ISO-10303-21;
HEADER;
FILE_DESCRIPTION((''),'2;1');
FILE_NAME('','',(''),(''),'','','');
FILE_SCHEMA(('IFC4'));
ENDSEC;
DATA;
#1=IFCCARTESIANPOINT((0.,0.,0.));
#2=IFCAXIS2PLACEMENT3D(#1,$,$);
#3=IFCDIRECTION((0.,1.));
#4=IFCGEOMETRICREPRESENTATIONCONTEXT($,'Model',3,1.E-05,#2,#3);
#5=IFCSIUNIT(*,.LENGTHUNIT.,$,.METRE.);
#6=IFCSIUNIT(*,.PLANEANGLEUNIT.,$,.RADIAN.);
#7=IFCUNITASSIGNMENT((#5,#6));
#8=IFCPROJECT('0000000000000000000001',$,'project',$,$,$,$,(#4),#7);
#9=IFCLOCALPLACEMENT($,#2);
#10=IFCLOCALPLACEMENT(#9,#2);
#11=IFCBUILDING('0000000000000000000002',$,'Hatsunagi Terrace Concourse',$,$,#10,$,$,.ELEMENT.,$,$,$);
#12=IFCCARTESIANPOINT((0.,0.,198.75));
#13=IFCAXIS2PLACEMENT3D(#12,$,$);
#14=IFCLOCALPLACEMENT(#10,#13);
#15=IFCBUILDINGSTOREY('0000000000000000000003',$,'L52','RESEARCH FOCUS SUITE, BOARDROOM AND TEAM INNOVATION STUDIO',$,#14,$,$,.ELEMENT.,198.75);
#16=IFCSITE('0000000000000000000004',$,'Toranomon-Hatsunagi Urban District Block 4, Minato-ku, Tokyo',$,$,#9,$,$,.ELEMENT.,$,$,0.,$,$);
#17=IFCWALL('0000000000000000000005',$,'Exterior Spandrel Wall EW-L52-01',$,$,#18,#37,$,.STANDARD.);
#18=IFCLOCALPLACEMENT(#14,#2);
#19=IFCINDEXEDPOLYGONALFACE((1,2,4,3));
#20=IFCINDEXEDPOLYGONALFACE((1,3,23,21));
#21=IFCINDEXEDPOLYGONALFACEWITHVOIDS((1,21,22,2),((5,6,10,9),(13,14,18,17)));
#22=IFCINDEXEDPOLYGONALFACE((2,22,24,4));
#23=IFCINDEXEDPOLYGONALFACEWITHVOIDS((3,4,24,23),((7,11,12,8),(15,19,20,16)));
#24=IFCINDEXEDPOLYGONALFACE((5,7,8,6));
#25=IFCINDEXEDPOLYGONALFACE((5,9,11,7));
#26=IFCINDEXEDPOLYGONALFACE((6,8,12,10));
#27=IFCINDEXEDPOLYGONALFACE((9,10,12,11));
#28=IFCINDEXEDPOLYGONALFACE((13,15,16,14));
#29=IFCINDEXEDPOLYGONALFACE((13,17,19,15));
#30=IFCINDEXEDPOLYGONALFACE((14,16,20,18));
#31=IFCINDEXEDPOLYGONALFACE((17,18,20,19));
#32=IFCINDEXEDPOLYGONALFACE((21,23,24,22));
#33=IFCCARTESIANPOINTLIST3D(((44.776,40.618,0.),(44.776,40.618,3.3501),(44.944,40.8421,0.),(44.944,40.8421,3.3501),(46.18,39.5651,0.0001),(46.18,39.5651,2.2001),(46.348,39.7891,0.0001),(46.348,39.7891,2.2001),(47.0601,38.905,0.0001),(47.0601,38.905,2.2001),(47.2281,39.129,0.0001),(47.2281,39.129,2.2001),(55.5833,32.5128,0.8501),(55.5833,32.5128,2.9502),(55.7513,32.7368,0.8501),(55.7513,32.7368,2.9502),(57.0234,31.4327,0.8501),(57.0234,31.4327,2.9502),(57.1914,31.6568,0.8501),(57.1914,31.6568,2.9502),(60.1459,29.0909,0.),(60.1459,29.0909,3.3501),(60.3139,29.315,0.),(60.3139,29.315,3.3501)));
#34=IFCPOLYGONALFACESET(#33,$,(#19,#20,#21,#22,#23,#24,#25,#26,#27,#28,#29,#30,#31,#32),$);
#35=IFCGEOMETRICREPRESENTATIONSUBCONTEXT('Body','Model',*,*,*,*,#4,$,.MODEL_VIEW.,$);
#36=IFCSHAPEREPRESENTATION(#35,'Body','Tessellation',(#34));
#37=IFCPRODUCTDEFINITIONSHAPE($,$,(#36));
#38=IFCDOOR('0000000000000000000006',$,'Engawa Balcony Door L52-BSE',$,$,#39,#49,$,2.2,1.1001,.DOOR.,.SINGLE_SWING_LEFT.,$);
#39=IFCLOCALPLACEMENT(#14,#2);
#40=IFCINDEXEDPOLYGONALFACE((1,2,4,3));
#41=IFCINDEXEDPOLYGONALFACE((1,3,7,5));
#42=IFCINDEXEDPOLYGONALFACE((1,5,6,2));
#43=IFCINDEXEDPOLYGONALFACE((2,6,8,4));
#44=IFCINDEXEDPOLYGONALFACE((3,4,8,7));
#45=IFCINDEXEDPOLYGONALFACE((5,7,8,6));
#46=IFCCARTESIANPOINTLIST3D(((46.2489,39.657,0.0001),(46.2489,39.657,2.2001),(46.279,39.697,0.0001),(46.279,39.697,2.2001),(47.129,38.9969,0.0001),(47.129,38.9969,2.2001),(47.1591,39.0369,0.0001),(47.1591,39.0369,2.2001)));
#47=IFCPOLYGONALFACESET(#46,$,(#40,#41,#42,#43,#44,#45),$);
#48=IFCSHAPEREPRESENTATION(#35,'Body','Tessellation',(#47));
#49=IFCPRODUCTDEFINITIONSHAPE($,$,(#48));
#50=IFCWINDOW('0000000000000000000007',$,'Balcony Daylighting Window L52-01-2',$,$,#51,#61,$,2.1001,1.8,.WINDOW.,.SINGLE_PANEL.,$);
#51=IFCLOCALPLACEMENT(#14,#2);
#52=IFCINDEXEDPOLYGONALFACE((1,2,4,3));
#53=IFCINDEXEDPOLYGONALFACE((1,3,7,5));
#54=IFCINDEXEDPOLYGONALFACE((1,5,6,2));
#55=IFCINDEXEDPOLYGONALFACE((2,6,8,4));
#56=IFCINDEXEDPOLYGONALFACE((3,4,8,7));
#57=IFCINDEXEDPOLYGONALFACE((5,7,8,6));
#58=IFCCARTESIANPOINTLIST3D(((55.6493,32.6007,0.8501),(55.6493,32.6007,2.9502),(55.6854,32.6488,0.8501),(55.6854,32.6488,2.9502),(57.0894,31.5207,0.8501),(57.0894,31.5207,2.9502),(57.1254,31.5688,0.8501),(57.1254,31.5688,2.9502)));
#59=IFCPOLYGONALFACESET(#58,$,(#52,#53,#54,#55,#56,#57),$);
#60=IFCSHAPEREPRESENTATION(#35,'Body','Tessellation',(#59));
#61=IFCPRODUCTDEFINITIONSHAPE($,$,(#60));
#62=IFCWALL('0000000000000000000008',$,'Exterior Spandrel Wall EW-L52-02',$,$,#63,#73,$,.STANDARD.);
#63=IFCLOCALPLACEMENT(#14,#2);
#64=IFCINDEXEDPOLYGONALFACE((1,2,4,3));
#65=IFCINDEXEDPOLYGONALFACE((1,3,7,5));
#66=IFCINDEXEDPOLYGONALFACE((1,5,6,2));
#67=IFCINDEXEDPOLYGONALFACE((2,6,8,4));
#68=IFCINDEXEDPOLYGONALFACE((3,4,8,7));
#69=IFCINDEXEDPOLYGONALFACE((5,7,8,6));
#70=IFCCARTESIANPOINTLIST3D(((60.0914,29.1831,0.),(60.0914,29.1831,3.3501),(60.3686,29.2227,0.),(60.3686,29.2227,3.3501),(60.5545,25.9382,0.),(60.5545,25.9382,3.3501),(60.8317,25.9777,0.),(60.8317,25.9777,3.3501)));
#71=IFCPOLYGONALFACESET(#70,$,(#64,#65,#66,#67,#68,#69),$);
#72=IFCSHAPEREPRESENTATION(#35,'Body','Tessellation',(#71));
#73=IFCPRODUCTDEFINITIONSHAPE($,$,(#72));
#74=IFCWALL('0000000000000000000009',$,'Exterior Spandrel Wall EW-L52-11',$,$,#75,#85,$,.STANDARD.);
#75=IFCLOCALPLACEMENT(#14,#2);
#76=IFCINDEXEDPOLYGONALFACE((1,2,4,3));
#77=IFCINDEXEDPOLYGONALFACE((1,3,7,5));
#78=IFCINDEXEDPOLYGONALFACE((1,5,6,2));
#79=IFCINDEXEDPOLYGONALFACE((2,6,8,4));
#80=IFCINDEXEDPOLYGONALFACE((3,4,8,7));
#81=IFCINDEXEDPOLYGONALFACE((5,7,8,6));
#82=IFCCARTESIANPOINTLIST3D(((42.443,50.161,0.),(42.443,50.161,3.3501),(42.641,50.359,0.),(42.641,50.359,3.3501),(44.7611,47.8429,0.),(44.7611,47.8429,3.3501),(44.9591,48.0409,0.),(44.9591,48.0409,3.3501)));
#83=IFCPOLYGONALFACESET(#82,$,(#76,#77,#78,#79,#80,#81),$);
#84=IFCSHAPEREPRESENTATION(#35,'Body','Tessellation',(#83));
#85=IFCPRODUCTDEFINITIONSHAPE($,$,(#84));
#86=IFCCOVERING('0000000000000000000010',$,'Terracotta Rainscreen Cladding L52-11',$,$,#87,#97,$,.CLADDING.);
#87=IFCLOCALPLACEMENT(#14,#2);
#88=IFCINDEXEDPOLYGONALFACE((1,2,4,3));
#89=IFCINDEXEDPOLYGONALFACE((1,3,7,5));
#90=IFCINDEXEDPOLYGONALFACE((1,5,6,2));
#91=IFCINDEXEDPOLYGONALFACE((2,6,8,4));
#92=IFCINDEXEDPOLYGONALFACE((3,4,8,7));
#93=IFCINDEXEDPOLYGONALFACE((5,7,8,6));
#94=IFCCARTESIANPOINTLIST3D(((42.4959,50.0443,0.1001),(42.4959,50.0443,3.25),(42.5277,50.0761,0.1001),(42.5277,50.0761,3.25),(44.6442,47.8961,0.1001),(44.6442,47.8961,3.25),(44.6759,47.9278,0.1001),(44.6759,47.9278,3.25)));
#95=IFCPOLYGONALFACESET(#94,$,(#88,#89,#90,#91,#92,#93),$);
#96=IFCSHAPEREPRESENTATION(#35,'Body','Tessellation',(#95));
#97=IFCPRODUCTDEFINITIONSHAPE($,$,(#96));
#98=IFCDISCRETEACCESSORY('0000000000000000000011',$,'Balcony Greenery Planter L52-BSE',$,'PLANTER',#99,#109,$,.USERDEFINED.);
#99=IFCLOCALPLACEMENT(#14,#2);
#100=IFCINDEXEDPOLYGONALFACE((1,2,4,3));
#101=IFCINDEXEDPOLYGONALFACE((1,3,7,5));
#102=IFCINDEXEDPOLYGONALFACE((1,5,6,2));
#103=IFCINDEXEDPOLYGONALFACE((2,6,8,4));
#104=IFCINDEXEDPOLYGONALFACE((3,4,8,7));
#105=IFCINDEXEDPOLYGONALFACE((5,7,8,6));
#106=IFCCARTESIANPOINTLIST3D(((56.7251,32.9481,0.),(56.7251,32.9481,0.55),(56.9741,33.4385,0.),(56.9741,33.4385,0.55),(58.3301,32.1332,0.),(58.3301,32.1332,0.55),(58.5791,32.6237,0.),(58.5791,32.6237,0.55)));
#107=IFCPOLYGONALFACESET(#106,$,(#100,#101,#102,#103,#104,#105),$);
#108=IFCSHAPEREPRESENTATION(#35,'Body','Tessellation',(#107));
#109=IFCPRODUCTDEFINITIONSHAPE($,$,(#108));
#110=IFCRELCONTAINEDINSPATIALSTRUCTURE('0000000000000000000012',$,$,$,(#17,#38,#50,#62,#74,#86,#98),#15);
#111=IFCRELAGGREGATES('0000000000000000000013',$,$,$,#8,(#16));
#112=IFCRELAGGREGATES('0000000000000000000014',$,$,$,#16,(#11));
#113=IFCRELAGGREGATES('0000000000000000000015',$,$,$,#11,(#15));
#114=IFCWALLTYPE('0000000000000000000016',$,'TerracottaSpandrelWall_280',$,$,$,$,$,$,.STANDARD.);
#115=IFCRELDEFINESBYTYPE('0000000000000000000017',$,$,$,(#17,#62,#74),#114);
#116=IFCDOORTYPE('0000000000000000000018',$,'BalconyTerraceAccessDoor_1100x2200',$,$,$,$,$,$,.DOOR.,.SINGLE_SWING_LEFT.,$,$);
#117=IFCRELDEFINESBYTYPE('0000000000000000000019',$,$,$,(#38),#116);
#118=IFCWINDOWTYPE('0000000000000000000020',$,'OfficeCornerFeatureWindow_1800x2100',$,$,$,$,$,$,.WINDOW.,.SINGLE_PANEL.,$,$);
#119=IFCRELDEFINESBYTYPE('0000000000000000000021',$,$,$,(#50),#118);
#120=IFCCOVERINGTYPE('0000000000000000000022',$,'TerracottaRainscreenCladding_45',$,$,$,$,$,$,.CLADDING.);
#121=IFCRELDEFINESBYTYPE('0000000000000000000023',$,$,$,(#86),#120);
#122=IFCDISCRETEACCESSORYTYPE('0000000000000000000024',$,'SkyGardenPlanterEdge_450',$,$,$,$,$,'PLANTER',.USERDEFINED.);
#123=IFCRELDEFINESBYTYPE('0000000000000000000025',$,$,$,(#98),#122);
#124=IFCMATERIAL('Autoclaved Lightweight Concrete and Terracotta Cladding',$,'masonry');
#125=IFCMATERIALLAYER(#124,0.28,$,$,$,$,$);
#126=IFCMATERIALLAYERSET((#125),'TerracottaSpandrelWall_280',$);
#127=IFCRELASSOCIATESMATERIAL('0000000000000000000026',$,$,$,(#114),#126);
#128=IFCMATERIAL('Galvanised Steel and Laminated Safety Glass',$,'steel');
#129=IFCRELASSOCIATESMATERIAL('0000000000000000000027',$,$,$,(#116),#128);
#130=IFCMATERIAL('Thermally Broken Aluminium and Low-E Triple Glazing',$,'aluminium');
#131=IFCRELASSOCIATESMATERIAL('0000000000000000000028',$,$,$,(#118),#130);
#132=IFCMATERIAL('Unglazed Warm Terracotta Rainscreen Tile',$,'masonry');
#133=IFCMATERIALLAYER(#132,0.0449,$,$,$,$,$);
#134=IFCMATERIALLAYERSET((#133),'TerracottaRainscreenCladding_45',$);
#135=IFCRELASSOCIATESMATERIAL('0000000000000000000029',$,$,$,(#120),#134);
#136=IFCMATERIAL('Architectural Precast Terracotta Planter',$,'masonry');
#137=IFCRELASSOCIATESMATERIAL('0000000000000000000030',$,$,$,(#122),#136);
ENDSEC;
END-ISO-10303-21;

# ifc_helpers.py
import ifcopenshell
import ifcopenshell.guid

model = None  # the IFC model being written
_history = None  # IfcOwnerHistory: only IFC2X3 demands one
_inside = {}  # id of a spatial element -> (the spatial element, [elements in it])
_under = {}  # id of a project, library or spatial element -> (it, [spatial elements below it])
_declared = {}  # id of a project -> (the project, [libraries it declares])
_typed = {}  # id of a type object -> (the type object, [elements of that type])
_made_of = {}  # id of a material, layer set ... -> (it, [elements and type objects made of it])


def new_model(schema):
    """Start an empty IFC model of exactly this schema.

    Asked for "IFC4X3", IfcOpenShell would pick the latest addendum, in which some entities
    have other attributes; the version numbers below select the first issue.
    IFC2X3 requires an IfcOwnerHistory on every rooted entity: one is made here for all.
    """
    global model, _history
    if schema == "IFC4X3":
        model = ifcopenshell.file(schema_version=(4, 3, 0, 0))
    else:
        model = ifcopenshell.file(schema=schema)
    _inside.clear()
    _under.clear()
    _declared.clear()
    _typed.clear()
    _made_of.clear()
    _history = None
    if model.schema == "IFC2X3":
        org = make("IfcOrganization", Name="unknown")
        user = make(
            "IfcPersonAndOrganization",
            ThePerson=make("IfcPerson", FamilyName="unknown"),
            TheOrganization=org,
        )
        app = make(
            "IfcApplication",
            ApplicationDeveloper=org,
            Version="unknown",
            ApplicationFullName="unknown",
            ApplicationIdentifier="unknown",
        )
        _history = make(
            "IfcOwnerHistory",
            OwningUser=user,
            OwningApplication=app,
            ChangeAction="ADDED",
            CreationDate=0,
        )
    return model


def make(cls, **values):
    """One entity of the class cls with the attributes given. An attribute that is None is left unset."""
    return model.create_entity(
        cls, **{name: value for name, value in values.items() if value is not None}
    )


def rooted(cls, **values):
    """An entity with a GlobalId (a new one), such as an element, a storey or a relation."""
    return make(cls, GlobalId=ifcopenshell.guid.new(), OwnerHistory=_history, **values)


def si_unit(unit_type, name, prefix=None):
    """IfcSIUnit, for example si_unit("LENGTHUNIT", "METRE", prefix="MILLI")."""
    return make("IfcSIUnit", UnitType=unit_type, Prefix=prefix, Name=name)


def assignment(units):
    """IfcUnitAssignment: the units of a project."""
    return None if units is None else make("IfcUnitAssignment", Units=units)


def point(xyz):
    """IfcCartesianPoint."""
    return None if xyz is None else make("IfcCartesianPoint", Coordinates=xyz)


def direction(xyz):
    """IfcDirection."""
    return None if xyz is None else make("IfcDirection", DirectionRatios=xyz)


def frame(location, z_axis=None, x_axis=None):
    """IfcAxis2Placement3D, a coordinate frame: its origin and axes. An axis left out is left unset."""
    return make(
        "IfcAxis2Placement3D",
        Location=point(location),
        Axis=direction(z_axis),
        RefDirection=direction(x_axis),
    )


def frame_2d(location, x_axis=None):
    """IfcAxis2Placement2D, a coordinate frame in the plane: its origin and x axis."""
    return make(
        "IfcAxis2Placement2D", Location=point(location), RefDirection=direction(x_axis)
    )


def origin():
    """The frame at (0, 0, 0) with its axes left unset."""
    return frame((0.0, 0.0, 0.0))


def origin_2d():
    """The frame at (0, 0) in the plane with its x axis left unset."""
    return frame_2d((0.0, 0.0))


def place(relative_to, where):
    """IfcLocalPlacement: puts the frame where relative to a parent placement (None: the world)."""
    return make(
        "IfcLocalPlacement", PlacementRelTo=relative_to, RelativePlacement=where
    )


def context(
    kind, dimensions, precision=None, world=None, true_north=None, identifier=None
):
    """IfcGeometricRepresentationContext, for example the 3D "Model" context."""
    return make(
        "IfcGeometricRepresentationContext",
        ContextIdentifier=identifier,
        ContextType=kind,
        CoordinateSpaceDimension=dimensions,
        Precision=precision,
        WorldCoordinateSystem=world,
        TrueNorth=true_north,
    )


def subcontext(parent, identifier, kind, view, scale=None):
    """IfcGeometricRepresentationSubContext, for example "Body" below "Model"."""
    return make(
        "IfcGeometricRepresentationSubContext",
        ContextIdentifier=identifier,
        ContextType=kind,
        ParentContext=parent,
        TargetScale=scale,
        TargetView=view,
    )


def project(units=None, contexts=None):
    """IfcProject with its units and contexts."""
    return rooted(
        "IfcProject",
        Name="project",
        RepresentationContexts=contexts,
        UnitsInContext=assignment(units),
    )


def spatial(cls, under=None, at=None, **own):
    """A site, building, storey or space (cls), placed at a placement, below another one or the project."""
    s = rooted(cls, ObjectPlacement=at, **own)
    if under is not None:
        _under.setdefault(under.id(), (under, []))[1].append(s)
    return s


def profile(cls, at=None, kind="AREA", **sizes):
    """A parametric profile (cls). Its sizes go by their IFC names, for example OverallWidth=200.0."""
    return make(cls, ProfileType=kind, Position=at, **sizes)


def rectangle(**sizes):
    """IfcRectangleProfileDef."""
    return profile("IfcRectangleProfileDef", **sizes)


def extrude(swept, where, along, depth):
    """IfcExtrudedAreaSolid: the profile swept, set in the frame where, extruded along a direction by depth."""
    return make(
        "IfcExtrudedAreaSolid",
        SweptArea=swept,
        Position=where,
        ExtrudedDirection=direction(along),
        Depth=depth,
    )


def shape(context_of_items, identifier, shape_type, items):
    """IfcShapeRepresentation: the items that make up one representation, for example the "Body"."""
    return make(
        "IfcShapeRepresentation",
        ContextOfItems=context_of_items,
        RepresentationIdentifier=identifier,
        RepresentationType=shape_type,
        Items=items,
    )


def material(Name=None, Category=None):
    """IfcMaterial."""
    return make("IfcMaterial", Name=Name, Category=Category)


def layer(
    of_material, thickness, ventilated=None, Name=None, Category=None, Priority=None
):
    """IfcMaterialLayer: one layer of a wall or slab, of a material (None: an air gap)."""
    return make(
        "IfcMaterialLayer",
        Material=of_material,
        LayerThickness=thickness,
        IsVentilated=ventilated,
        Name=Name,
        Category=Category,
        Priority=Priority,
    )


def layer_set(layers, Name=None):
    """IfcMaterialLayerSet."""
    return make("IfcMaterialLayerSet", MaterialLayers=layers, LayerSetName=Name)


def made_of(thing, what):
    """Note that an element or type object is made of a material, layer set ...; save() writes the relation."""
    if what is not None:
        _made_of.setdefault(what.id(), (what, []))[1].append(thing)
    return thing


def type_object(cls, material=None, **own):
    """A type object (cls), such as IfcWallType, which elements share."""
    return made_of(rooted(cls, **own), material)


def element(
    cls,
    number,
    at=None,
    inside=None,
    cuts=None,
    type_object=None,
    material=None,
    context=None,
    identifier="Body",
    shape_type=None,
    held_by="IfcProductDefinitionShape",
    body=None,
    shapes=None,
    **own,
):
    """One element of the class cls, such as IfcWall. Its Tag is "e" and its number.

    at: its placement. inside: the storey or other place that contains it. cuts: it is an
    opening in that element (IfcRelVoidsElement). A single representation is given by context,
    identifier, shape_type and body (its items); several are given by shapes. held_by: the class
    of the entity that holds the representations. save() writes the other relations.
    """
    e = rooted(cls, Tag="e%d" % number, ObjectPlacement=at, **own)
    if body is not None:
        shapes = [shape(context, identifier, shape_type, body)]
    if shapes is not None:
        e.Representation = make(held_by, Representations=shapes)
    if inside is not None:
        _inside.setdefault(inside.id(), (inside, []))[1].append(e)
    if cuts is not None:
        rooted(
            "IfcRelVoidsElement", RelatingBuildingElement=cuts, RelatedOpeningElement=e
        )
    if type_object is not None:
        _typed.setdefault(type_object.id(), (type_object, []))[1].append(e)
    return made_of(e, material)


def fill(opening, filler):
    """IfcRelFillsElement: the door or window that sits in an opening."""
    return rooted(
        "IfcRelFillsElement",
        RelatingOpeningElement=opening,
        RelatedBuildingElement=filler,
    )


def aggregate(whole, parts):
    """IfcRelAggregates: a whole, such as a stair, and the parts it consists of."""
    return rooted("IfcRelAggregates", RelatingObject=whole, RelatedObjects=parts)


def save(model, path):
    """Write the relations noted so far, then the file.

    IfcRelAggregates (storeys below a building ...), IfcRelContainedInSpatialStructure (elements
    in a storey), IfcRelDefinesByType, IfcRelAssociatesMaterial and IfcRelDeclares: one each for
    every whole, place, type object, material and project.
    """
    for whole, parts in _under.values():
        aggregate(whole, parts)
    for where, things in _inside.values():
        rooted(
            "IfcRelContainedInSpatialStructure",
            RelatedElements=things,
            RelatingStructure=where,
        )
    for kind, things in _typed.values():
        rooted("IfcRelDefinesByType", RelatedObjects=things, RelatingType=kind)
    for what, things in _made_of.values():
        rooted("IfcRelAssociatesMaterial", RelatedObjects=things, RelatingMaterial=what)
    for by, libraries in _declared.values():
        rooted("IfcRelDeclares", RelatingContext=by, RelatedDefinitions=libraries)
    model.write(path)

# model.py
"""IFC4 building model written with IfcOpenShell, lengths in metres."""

from ifc_helpers import new_model, si_unit, direction, frame, frame_2d, origin, origin_2d, place, context, subcontext, project, spatial, rectangle, extrude, material, layer, layer_set, type_object, element, fill, save


model = new_model("IFC4")

# Units and contexts
model_context = context("Model", 3, precision=1e-05, world=origin(), true_north=direction((0.0, 1.0)))
body_context = subcontext(model_context, "Body", "Model", "MODEL_VIEW")
ifc_project = project(units=[si_unit("LENGTHUNIT", "METRE"), si_unit("PLANEANGLEUNIT", "RADIAN")], contexts=[model_context])

# Site, building, storey
site_placement = place(None, origin())
site = spatial("IfcSite", under=ifc_project, at=site_placement, Name="Toranomon-Hatsunagi Urban District Block 4, Minato-ku, Tokyo", CompositionType="ELEMENT", RefElevation=0.0)
building_placement = place(site_placement, origin())
building = spatial("IfcBuilding", under=site, at=building_placement, Name="Hatsunagi Terrace Concourse", CompositionType="ELEMENT")
storey_placement = place(building_placement, frame((0.0, 0.0, 198.75)))
storey = spatial("IfcBuildingStorey", under=building, at=storey_placement, Name="L52", Description="RESEARCH FOCUS SUITE, BOARDROOM AND TEAM INNOVATION STUDIO", CompositionType="ELEMENT", Elevation=198.75)

# Wall, openings, door, window
ifc_material_1 = material(Name="Autoclaved Lightweight Concrete and Terracotta Cladding", Category="masonry")
ifc_layer_1 = layer(ifc_material_1, 0.28)
ifc_layer_set_1 = layer_set([ifc_layer_1], Name="TerracottaSpandrelWall_280")
wall_type_1 = type_object("IfcWallType", Name="TerracottaSpandrelWall_280", PredefinedType="STANDARD", material=ifc_layer_set_1)
wall_1_placement = place(storey_placement, frame((44.8601, 40.73, 0.0), z_axis=(0.0, 0.0, 1.0), x_axis=(0.800008, -0.59999, 0.0)))
wall_1 = element("IfcWall", 1, at=wall_1_placement, inside=storey, type_object=wall_type_1, Name="Exterior Spandrel Wall EW-L52-01", PredefinedType="STANDARD", context=body_context, shape_type="SweptSolid", body=[
    extrude(rectangle(XDim=19.2122, YDim=0.28, at=frame_2d((9.606, 0.0))), origin(), (0.0, 0.0, 1.0), 3.3501),
])
opening_1_placement = place(wall_1_placement, frame((1.7549, 0.0, 0.0)))
opening_1 = element("IfcOpeningElement", 2, at=opening_1_placement, cuts=wall_1, PredefinedType="OPENING", context=body_context, shape_type="SweptSolid", body=[
    extrude(rectangle(XDim=1.1001, YDim=2.2, at=frame_2d((0.55, 1.1001))), frame((0.0, 0.1499, 0.0), z_axis=(0.0, -1.0, 0.0), x_axis=(1.0, 0.0, 0.0)), (0.0, 0.0, 1.0), 0.3),
])
opening_2_placement = place(wall_1_placement, frame((13.509, 0.0, 0.8501)))
opening_2 = element("IfcOpeningElement", 3, at=opening_2_placement, cuts=wall_1, PredefinedType="OPENING", context=body_context, shape_type="SweptSolid", body=[
    extrude(rectangle(XDim=1.8, YDim=2.1001, at=frame_2d((0.8999, 1.05))), frame((0.0, 0.1499, 0.0), z_axis=(0.0, -1.0, 0.0), x_axis=(1.0, 0.0, 0.0)), (0.0, 0.0, 1.0), 0.3),
])
ifc_material_2 = material(Name="Galvanised Steel and Laminated Safety Glass", Category="steel")
door_type = type_object("IfcDoorType", Name="BalconyTerraceAccessDoor_1100x2200", OperationType="SINGLE_SWING_LEFT", PredefinedType="DOOR", material=ifc_material_2)
door_placement = place(opening_1_placement, origin())
door = element("IfcDoor", 4, at=door_placement, inside=storey, type_object=door_type, Name="Engawa Balcony Door L52-BSE", OperationType="SINGLE_SWING_LEFT", OverallHeight=2.2, OverallWidth=1.1001, PredefinedType="DOOR", context=body_context, shape_type="SweptSolid", body=[
    extrude(rectangle(XDim=1.1001, YDim=2.2, at=frame_2d((0.55, 1.1001))), frame((0.0, 0.0249, 0.0), z_axis=(0.0, -1.0, 0.0), x_axis=(1.0, 0.0, 0.0)), (0.0, 0.0, 1.0), 0.05),
])
fill(opening_1, door)
ifc_material_3 = material(Name="Thermally Broken Aluminium and Low-E Triple Glazing", Category="aluminium")
window_type = type_object("IfcWindowType", Name="OfficeCornerFeatureWindow_1800x2100", PartitioningType="SINGLE_PANEL", PredefinedType="WINDOW", material=ifc_material_3)
window_placement = place(opening_2_placement, origin())
window = element("IfcWindow", 5, at=window_placement, inside=storey, type_object=window_type, Name="Balcony Daylighting Window L52-01-2", OverallHeight=2.1001, OverallWidth=1.8, PartitioningType="SINGLE_PANEL", PredefinedType="WINDOW", context=body_context, shape_type="SweptSolid", body=[
    extrude(rectangle(XDim=1.8, YDim=2.1001, at=frame_2d((0.8999, 1.05))), frame((0.0, 0.03, 0.0), z_axis=(0.0, -1.0, 0.0), x_axis=(1.0, 0.0, 0.0)), (0.0, 0.0, 1.0), 0.0601),
])
fill(opening_2, window)

# Walls
wall_2_placement = place(storey_placement, frame((60.23, 29.2029, 0.0), z_axis=(0.0, 0.0, 1.0), x_axis=(0.141296, -0.989967, 0.0)))
element("IfcWall", 6, at=wall_2_placement, inside=storey, type_object=wall_type_1, Name="Exterior Spandrel Wall EW-L52-02", PredefinedType="STANDARD", context=body_context, shape_type="SweptSolid", body=[
    extrude(rectangle(XDim=3.2778, YDim=0.28, at=frame_2d((1.6389, 0.0))), origin(), (0.0, 0.0, 1.0), 3.3501),
])
wall_3_placement = place(storey_placement, frame((42.542, 50.26, 0.0), z_axis=(0.0, 0.0, 1.0), x_axis=(0.707107, -0.707107, 0.0)))
element("IfcWall", 7, at=wall_3_placement, inside=storey, type_object=wall_type_1, Name="Exterior Spandrel Wall EW-L52-11", PredefinedType="STANDARD", context=body_context, shape_type="SweptSolid", body=[
    extrude(rectangle(XDim=3.2783, YDim=0.28, at=frame_2d((1.6392, 0.0))), origin(), (0.0, 0.0, 1.0), 3.3501),
])

# Covering
ifc_material_4 = material(Name="Unglazed Warm Terracotta Rainscreen Tile", Category="masonry")
ifc_layer_2 = layer(ifc_material_4, 0.0449)
ifc_layer_set_2 = layer_set([ifc_layer_2], Name="TerracottaRainscreenCladding_45")
covering_type = type_object("IfcCoveringType", Name="TerracottaRainscreenCladding_45", PredefinedType="CLADDING", material=ifc_layer_set_2)
covering_placement = place(storey_placement, frame((43.5859, 48.9861, 0.1001), z_axis=(0.0, 0.0, 1.0), x_axis=(0.707107, -0.707107, 0.0)))
element("IfcCovering", 8, at=covering_placement, inside=storey, type_object=covering_type, Name="Terracotta Rainscreen Cladding L52-11", PredefinedType="CLADDING", context=body_context, shape_type="SweptSolid", body=[
    extrude(rectangle(XDim=3.0381, YDim=0.0449, at=origin_2d()), origin(), (0.0, 0.0, 1.0), 3.1499),
])

# Discrete accessory
ifc_material_5 = material(Name="Architectural Precast Terracotta Planter", Category="masonry")
discrete_accessory_type = type_object("IfcDiscreteAccessoryType", Name="SkyGardenPlanterEdge_450", ElementType="PLANTER", PredefinedType="USERDEFINED", material=ifc_material_5)
discrete_accessory_placement = place(storey_placement, frame((57.6521, 32.7859, 0.0), z_axis=(0.0, 0.0, 1.0), x_axis=(0.891671, -0.452684, 0.0)))
element("IfcDiscreteAccessory", 9, at=discrete_accessory_placement, inside=storey, type_object=discrete_accessory_type, Name="Balcony Greenery Planter L52-BSE", ObjectType="PLANTER", PredefinedType="USERDEFINED", context=body_context, shape_type="SweptSolid", body=[
    extrude(rectangle(XDim=1.8, YDim=0.55, at=origin_2d()), origin(), (0.0, 0.0, 1.0), 0.55),
])

save(model, "model.ifc")
